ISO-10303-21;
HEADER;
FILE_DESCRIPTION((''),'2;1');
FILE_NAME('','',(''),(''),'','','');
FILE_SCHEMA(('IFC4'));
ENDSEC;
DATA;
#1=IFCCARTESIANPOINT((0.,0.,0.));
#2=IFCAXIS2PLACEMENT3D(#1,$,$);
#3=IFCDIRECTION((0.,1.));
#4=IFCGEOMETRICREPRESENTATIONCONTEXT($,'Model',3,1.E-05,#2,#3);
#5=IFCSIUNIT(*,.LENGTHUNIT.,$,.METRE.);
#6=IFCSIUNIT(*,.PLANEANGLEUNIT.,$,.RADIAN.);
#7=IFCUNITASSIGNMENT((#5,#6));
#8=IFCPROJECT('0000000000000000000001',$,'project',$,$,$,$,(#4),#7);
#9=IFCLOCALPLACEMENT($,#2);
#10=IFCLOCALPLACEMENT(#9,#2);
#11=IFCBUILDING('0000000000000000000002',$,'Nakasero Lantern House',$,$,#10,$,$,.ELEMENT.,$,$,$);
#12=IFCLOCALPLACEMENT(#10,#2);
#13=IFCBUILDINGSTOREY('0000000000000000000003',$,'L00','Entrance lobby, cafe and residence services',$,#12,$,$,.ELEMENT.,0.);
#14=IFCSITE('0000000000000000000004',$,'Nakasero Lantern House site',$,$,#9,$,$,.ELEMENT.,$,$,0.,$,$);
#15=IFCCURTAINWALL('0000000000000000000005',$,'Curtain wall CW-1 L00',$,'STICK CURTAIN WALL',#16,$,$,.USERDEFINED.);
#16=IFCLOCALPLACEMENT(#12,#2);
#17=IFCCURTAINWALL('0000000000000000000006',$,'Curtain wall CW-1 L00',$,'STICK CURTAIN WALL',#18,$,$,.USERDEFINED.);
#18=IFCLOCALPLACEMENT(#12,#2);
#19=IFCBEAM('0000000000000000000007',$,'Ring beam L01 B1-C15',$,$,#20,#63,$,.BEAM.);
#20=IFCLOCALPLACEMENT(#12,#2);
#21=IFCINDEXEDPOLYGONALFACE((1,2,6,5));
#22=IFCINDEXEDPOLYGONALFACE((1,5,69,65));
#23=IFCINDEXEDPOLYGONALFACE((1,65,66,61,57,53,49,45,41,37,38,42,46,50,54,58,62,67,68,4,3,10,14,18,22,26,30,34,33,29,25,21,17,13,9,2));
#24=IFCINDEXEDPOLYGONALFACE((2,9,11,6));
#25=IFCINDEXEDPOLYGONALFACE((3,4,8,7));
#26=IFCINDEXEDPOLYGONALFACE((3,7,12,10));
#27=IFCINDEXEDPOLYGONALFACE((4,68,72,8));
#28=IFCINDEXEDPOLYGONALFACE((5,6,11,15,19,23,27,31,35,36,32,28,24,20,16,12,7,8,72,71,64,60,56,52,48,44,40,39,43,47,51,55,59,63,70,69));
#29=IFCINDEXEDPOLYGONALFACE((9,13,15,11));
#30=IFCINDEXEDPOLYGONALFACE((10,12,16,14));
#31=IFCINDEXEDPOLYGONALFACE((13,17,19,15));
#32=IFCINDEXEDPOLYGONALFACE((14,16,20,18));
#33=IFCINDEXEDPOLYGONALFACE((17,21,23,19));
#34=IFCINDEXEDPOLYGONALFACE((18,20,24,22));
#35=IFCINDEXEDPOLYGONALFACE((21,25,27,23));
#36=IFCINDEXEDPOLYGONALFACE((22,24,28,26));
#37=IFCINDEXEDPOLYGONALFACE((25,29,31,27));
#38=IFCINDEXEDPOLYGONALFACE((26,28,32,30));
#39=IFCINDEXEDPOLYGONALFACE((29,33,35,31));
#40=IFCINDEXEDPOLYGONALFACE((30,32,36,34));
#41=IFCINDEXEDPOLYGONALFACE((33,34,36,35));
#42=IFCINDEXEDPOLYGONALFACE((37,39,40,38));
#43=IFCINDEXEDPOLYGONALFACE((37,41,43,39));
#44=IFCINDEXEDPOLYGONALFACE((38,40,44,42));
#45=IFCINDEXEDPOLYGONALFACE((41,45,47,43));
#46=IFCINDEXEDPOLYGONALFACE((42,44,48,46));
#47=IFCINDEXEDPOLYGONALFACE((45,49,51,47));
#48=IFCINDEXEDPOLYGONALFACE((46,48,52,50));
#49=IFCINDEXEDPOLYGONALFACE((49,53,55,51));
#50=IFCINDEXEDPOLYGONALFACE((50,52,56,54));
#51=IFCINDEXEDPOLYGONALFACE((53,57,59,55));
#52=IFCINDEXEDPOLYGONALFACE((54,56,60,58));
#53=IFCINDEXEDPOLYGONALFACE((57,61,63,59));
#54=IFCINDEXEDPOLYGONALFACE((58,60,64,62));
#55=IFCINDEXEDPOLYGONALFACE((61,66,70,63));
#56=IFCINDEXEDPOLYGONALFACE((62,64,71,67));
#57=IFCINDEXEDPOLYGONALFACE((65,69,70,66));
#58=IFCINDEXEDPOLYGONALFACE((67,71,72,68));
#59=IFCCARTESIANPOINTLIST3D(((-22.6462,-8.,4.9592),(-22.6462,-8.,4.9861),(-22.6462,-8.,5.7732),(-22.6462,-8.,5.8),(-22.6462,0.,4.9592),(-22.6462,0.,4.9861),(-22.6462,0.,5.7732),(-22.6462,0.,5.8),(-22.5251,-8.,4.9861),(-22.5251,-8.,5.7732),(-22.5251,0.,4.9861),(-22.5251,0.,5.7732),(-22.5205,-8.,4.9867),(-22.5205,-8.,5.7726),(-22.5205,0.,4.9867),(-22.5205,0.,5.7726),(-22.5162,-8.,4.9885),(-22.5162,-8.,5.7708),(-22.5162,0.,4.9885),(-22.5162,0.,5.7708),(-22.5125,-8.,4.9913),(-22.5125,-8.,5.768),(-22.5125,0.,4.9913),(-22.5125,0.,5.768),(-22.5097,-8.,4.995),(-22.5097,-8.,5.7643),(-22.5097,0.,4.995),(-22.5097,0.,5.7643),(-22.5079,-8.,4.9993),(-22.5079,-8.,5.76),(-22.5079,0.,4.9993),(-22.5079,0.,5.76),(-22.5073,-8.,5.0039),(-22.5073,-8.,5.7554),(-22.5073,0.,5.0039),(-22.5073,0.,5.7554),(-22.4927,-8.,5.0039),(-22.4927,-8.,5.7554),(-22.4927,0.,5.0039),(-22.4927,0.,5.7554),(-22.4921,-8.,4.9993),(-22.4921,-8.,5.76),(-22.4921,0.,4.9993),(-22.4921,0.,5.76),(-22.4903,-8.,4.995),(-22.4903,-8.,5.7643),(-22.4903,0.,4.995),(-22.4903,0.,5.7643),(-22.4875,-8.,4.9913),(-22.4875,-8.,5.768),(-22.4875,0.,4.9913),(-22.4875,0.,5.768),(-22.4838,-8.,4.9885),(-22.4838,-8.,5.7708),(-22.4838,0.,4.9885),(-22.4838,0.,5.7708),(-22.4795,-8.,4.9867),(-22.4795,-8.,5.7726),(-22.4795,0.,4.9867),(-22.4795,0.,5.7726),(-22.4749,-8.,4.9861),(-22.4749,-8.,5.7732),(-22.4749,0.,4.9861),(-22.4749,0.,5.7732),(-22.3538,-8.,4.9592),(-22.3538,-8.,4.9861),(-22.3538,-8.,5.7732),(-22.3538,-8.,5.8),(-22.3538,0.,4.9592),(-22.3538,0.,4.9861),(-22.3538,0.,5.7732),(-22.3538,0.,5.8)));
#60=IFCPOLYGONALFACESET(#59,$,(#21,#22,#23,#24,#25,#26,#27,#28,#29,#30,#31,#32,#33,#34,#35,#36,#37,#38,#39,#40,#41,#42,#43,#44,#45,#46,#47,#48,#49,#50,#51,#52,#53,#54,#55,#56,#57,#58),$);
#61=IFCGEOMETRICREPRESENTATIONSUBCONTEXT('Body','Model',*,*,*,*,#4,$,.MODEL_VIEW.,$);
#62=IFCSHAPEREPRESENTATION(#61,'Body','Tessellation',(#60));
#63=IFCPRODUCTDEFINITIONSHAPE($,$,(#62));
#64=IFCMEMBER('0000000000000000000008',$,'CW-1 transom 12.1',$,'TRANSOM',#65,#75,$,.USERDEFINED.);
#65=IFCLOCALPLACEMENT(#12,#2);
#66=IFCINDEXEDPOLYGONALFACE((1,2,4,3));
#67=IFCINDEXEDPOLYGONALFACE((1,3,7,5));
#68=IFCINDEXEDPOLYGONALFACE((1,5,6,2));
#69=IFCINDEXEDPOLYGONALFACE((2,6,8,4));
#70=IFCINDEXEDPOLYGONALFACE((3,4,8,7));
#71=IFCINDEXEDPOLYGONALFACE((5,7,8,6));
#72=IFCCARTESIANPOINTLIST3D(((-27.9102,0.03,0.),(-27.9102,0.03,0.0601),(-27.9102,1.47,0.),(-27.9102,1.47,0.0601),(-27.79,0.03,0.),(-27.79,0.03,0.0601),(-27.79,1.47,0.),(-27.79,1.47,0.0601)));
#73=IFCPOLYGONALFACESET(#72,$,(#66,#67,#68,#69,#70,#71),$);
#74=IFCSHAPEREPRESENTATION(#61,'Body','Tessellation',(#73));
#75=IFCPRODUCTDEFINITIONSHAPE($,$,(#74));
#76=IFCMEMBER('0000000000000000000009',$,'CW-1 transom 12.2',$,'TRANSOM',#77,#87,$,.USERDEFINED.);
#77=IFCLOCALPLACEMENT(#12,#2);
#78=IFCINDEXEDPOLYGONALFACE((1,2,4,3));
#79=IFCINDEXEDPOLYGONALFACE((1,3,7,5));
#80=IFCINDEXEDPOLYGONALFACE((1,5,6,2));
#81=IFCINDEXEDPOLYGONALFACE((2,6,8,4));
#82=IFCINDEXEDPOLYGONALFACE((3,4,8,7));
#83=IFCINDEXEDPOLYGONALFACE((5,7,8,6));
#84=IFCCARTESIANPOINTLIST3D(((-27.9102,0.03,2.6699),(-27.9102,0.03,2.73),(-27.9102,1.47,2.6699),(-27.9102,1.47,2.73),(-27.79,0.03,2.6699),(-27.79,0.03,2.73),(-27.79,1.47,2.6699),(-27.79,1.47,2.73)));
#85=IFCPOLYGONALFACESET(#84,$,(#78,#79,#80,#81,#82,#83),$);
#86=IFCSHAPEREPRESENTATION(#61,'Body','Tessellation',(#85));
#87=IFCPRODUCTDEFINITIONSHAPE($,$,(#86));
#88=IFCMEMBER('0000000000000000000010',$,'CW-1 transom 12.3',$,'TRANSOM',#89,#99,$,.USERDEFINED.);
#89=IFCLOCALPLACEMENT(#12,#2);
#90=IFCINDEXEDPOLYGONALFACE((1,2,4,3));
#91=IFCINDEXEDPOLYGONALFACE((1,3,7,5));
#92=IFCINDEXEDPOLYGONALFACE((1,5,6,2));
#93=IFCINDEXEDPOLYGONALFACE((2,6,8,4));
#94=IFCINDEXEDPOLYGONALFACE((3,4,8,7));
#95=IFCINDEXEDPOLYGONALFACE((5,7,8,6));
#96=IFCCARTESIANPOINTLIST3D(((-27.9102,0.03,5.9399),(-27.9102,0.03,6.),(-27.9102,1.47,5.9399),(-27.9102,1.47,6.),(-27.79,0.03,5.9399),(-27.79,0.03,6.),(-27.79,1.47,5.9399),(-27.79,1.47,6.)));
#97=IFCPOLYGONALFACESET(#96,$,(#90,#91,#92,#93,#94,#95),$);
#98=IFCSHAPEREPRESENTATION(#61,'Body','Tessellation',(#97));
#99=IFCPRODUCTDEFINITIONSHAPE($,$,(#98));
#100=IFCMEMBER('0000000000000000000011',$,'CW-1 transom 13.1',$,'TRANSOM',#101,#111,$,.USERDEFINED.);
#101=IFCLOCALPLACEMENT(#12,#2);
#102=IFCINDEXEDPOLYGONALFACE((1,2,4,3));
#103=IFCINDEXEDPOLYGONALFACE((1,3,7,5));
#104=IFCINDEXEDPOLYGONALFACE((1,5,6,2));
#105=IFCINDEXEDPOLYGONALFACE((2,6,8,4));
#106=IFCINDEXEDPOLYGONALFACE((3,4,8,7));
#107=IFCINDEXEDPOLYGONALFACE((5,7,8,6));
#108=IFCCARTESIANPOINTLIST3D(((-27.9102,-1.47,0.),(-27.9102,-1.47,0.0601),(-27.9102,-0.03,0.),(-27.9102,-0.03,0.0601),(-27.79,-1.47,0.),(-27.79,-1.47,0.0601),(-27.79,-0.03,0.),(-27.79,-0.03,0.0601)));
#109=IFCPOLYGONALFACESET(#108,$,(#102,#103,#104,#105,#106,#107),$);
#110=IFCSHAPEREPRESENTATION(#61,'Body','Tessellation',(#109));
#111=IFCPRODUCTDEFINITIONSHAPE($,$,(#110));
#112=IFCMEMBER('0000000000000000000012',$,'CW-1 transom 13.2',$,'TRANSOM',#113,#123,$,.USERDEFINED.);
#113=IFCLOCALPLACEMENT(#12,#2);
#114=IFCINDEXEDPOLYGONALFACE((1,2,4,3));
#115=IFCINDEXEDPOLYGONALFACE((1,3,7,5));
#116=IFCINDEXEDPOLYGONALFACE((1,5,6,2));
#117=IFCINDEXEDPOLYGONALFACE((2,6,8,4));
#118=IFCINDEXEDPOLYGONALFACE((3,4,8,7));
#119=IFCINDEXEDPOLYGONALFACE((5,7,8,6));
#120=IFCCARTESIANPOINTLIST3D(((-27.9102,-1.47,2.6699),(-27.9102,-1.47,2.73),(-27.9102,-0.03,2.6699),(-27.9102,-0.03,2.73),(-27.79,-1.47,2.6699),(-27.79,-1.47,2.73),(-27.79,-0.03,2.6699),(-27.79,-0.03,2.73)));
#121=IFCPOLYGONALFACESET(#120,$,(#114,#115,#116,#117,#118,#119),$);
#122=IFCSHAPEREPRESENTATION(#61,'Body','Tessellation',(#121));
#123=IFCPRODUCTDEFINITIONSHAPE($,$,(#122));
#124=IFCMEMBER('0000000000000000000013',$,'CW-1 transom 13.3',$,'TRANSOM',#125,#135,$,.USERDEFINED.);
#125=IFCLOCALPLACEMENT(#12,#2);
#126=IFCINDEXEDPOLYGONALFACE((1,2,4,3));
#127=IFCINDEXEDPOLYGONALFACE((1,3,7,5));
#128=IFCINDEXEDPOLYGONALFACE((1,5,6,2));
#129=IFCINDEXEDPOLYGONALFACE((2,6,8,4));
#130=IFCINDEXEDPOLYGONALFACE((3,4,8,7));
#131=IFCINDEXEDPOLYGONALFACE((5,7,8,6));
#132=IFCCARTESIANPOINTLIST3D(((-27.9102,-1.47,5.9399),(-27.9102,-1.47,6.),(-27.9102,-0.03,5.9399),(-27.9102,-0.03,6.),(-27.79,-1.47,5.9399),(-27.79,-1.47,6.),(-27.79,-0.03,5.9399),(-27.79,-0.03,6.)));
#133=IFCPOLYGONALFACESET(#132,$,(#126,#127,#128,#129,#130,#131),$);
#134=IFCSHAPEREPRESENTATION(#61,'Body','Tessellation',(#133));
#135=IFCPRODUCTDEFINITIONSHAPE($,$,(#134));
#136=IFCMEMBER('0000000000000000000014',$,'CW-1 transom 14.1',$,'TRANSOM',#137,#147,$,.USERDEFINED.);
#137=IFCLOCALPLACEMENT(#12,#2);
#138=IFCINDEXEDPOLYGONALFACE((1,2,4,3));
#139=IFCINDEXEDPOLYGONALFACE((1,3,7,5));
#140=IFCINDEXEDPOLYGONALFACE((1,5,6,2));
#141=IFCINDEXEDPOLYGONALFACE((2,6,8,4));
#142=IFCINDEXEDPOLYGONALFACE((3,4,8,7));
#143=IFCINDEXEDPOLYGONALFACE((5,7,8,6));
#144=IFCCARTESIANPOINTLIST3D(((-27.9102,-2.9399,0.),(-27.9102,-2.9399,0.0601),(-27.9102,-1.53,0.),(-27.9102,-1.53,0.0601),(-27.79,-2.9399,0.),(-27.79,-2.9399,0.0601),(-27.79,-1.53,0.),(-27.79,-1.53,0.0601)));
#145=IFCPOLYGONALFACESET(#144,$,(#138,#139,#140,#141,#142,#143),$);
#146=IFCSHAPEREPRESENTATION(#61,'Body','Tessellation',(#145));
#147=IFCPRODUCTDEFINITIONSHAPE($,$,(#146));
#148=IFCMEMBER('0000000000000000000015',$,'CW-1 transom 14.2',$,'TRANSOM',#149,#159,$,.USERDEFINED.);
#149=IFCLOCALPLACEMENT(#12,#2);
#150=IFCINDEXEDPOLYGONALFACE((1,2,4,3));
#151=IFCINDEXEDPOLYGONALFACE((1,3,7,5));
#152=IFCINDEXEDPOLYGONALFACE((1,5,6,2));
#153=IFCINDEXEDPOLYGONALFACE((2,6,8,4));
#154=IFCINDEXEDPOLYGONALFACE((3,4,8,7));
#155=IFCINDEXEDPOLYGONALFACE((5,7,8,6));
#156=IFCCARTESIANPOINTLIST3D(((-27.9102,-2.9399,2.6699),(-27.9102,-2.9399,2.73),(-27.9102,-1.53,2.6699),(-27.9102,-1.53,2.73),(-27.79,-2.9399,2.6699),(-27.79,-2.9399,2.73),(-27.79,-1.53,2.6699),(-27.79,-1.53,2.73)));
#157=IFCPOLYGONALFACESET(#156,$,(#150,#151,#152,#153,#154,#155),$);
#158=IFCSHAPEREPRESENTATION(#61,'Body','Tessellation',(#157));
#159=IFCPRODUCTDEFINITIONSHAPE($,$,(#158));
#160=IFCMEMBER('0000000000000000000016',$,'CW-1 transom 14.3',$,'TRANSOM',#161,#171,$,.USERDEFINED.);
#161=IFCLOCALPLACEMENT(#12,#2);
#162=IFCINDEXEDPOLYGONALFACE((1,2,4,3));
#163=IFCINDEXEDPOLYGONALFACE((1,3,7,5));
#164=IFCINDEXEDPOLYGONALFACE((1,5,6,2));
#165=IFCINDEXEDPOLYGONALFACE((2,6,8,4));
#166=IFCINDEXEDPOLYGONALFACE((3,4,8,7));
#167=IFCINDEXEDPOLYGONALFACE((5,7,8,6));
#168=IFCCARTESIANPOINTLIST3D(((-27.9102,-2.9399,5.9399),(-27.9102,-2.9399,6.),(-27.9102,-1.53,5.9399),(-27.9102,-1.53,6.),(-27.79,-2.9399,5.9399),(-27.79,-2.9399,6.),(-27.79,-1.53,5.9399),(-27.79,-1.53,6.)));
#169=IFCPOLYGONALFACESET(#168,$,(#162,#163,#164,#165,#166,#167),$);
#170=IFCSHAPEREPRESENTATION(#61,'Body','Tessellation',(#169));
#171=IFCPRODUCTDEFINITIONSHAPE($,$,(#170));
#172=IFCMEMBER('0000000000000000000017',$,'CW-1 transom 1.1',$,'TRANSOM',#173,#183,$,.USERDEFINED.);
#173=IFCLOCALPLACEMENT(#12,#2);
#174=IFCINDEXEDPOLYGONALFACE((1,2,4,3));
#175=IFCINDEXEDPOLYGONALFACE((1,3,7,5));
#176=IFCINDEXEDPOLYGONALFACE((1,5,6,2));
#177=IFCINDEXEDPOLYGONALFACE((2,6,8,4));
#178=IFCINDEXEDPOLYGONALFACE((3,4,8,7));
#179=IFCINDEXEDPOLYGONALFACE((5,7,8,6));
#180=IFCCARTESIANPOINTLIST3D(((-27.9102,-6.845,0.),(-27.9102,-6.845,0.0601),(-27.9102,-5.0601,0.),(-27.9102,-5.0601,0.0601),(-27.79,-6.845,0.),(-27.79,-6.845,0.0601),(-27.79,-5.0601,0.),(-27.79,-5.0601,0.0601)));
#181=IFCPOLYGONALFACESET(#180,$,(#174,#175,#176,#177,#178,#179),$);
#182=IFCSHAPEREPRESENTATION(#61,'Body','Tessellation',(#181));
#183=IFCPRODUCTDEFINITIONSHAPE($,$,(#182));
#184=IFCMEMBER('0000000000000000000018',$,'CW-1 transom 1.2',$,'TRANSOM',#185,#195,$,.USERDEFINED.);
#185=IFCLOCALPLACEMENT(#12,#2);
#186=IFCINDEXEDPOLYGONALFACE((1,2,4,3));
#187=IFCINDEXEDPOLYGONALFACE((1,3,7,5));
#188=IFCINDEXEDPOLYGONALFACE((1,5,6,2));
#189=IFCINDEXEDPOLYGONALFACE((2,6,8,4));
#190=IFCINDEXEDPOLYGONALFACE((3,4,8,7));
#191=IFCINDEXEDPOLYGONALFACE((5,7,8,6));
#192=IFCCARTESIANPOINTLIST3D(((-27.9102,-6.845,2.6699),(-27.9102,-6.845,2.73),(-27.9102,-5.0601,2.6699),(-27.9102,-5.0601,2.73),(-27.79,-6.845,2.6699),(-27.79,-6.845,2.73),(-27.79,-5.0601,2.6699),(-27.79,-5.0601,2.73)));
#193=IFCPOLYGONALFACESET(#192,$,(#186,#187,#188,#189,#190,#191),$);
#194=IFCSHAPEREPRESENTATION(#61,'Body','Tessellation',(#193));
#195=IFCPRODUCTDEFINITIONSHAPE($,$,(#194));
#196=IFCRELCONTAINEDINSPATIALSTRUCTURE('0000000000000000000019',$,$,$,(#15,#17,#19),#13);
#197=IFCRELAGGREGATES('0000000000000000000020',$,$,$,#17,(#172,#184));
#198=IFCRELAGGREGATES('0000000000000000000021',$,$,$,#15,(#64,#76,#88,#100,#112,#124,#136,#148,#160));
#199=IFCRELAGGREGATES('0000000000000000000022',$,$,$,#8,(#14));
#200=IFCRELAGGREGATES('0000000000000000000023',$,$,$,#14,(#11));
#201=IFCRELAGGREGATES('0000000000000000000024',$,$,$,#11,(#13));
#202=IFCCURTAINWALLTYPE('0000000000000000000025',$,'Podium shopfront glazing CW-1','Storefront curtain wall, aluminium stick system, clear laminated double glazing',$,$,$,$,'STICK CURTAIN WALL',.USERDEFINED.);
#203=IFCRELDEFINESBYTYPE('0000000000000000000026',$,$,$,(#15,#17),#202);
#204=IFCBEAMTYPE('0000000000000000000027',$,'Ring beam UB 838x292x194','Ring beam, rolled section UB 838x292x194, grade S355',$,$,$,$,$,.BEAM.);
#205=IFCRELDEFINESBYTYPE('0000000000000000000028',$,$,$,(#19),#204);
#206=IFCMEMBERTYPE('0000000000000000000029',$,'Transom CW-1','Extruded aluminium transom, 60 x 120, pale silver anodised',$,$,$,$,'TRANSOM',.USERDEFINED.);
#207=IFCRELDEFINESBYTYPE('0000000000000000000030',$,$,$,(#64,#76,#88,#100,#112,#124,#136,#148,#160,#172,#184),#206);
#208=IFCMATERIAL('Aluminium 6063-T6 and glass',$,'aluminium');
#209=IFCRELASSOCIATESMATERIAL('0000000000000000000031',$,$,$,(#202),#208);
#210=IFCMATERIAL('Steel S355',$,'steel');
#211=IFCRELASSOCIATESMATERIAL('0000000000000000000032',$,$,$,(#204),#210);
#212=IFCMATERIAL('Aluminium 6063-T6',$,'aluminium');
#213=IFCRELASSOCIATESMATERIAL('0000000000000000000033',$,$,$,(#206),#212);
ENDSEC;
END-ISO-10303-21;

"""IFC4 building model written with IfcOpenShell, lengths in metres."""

from ifc_helpers import new_model, si_unit, direction, frame, origin, origin_2d, place, context, subcontext, project, spatial, rectangle, i_section, extrude, material, material_profile, profile_set, type_object, element, aggregate, save


model = new_model("IFC4")

# Units and contexts
model_context = context("Model", 3, precision=1e-05, world=origin(), true_north=direction((0.0, 1.0)))
body_context = subcontext(model_context, "Body", "Model", "MODEL_VIEW")
ifc_project = project(units=[si_unit("LENGTHUNIT", "METRE"), si_unit("PLANEANGLEUNIT", "RADIAN")], contexts=[model_context])

# Site, building, storey
site_placement = place(None, origin())
site = spatial("IfcSite", under=ifc_project, at=site_placement, Name="Nakasero Lantern House site", CompositionType="ELEMENT", RefElevation=0.0)
building_placement = place(site_placement, origin())
building = spatial("IfcBuilding", under=site, at=building_placement, Name="Nakasero Lantern House", CompositionType="ELEMENT")
storey_placement = place(building_placement, origin())
storey = spatial("IfcBuildingStorey", under=building, at=storey_placement, Name="L00", Description="Entrance lobby, cafe and residence services", CompositionType="ELEMENT", Elevation=0.0)

# Curtain wall
ifc_material_1 = material(Name="Aluminium 6063-T6 and glass", Category="aluminium")
curtain_wall_type = type_object("IfcCurtainWallType", Name="Podium shopfront glazing CW-1", Description="Storefront curtain wall, aluminium stick system, clear laminated double glazing", ElementType="STICK CURTAIN WALL", PredefinedType="USERDEFINED", material=ifc_material_1)
curtain_wall_1_placement = place(storey_placement, origin())
curtain_wall_1 = element("IfcCurtainWall", 1, at=curtain_wall_1_placement, inside=storey, type_object=curtain_wall_type, Name="Curtain wall CW-1 L00", ObjectType="STICK CURTAIN WALL", PredefinedType="USERDEFINED")

# Curtain wall
curtain_wall_2_placement = place(storey_placement, origin())
curtain_wall_2 = element("IfcCurtainWall", 2, at=curtain_wall_2_placement, inside=storey, type_object=curtain_wall_type, Name="Curtain wall CW-1 L00", ObjectType="STICK CURTAIN WALL", PredefinedType="USERDEFINED")

# Beam
ifc_material_2 = material(Name="Steel S355", Category="steel")
ifc_material_profile_1 = material_profile(ifc_material_2, i_section(OverallWidth=0.2925, OverallDepth=0.8408, WebThickness=0.0146, FlangeThickness=0.0269, FilletRadius=0.0178, at=origin_2d()), Name="UB 838x292x194")
ifc_profile_set_1 = profile_set([ifc_material_profile_1], Name="Steel S355")
beam_type_1 = type_object("IfcBeamType", Name="Ring beam UB 838x292x194", Description="Ring beam, rolled section UB 838x292x194, grade S355", PredefinedType="BEAM", material=ifc_profile_set_1)
beam_1_placement = place(storey_placement, frame((-22.5, 0.0, 5.3796), z_axis=(0.0, -1.0, 0.0), x_axis=(1.0, 0.0, 0.0)))
element("IfcBeam", 3, at=beam_1_placement, inside=storey, type_object=beam_type_1, Name="Ring beam L01 B1-C15", PredefinedType="BEAM", context=body_context, shape_type="SweptSolid", body=[
    extrude(i_section(OverallWidth=0.2925, OverallDepth=0.8408, WebThickness=0.0146, FlangeThickness=0.0269, FilletRadius=0.0178, at=origin_2d()), origin(), (0.0, 0.0, 1.0), 8.0),
])

# Members
ifc_material_3 = material(Name="Aluminium 6063-T6", Category="aluminium")
ifc_material_profile_2 = material_profile(ifc_material_3, rectangle(XDim=0.0601, YDim=0.1201, at=origin_2d()), Name="CW-1 transom 60x120")
ifc_profile_set_2 = profile_set([ifc_material_profile_2], Name="Aluminium 6063-T6")
member_type_1 = type_object("IfcMemberType", Name="Transom CW-1", Description="Extruded aluminium transom, 60 x 120, pale silver anodised", ElementType="TRANSOM", PredefinedType="USERDEFINED", material=ifc_profile_set_2)
member_1_placement = place(storey_placement, frame((-27.8501, 1.47, 0.03), z_axis=(0.0, -1.0, 0.0), x_axis=(0.0, 0.0, 1.0)))
member_1 = element("IfcMember", 4, at=member_1_placement, type_object=member_type_1, Name="CW-1 transom 12.1", ObjectType="TRANSOM", PredefinedType="USERDEFINED", context=body_context, shape_type="SweptSolid", body=[
    extrude(rectangle(XDim=0.0601, YDim=0.1201, at=origin_2d()), origin(), (0.0, 0.0, 1.0), 1.4399),
])
member_2_placement = place(storey_placement, frame((-27.8501, 1.47, 2.7), z_axis=(0.0, -1.0, 0.0), x_axis=(0.0, 0.0, 1.0)))
member_2 = element("IfcMember", 5, at=member_2_placement, type_object=member_type_1, Name="CW-1 transom 12.2", ObjectType="TRANSOM", PredefinedType="USERDEFINED", context=body_context, shape_type="SweptSolid", body=[
    extrude(rectangle(XDim=0.0601, YDim=0.1201, at=origin_2d()), origin(), (0.0, 0.0, 1.0), 1.4399),
])
member_3_placement = place(storey_placement, frame((-27.8501, 1.47, 5.97), z_axis=(0.0, -1.0, 0.0), x_axis=(0.0, 0.0, 1.0)))
member_3 = element("IfcMember", 6, at=member_3_placement, type_object=member_type_1, Name="CW-1 transom 12.3", ObjectType="TRANSOM", PredefinedType="USERDEFINED", context=body_context, shape_type="SweptSolid", body=[
    extrude(rectangle(XDim=0.0601, YDim=0.1201, at=origin_2d()), origin(), (0.0, 0.0, 1.0), 1.4399),
])
member_4_placement = place(storey_placement, frame((-27.8501, -0.03, 0.03), z_axis=(0.0, -1.0, 0.0), x_axis=(0.0, 0.0, 1.0)))
member_4 = element("IfcMember", 7, at=member_4_placement, type_object=member_type_1, Name="CW-1 transom 13.1", ObjectType="TRANSOM", PredefinedType="USERDEFINED", context=body_context, shape_type="SweptSolid", body=[
    extrude(rectangle(XDim=0.0601, YDim=0.1201, at=origin_2d()), origin(), (0.0, 0.0, 1.0), 1.4399),
])
member_5_placement = place(storey_placement, frame((-27.8501, -0.03, 2.7), z_axis=(0.0, -1.0, 0.0), x_axis=(0.0, 0.0, 1.0)))
member_5 = element("IfcMember", 8, at=member_5_placement, type_object=member_type_1, Name="CW-1 transom 13.2", ObjectType="TRANSOM", PredefinedType="USERDEFINED", context=body_context, shape_type="SweptSolid", body=[
    extrude(rectangle(XDim=0.0601, YDim=0.1201, at=origin_2d()), origin(), (0.0, 0.0, 1.0), 1.4399),
])
member_6_placement = place(storey_placement, frame((-27.8501, -0.03, 5.97), z_axis=(0.0, -1.0, 0.0), x_axis=(0.0, 0.0, 1.0)))
member_6 = element("IfcMember", 9, at=member_6_placement, type_object=member_type_1, Name="CW-1 transom 13.3", ObjectType="TRANSOM", PredefinedType="USERDEFINED", context=body_context, shape_type="SweptSolid", body=[
    extrude(rectangle(XDim=0.0601, YDim=0.1201, at=origin_2d()), origin(), (0.0, 0.0, 1.0), 1.4399),
])
member_7_placement = place(storey_placement, frame((-27.8501, -1.53, 0.03), z_axis=(0.0, -1.0, 0.0), x_axis=(0.0, 0.0, 1.0)))
member_7 = element("IfcMember", 10, at=member_7_placement, type_object=member_type_1, Name="CW-1 transom 14.1", ObjectType="TRANSOM", PredefinedType="USERDEFINED", context=body_context, shape_type="SweptSolid", body=[
    extrude(rectangle(XDim=0.0601, YDim=0.1201, at=origin_2d()), origin(), (0.0, 0.0, 1.0), 1.4099),
])
member_8_placement = place(storey_placement, frame((-27.8501, -1.53, 2.7), z_axis=(0.0, -1.0, 0.0), x_axis=(0.0, 0.0, 1.0)))
member_8 = element("IfcMember", 11, at=member_8_placement, type_object=member_type_1, Name="CW-1 transom 14.2", ObjectType="TRANSOM", PredefinedType="USERDEFINED", context=body_context, shape_type="SweptSolid", body=[
    extrude(rectangle(XDim=0.0601, YDim=0.1201, at=origin_2d()), origin(), (0.0, 0.0, 1.0), 1.4099),
])
member_9_placement = place(storey_placement, frame((-27.8501, -1.53, 5.97), z_axis=(0.0, -1.0, 0.0), x_axis=(0.0, 0.0, 1.0)))
member_9 = element("IfcMember", 12, at=member_9_placement, type_object=member_type_1, Name="CW-1 transom 14.3", ObjectType="TRANSOM", PredefinedType="USERDEFINED", context=body_context, shape_type="SweptSolid", body=[
    extrude(rectangle(XDim=0.0601, YDim=0.1201, at=origin_2d()), origin(), (0.0, 0.0, 1.0), 1.4099),
])
member_10_placement = place(storey_placement, frame((-27.8501, -5.0601, 0.03), z_axis=(0.0, -1.0, 0.0), x_axis=(0.0, 0.0, 1.0)))
member_10 = element("IfcMember", 13, at=member_10_placement, type_object=member_type_1, Name="CW-1 transom 1.1", ObjectType="TRANSOM", PredefinedType="USERDEFINED", context=body_context, shape_type="SweptSolid", body=[
    extrude(rectangle(XDim=0.0601, YDim=0.1201, at=origin_2d()), origin(), (0.0, 0.0, 1.0), 1.7849),
])
member_11_placement = place(storey_placement, frame((-27.8501, -5.0601, 2.7), z_axis=(0.0, -1.0, 0.0), x_axis=(0.0, 0.0, 1.0)))
member_11 = element("IfcMember", 14, at=member_11_placement, type_object=member_type_1, Name="CW-1 transom 1.2", ObjectType="TRANSOM", PredefinedType="USERDEFINED", context=body_context, shape_type="SweptSolid", body=[
    extrude(rectangle(XDim=0.0601, YDim=0.1201, at=origin_2d()), origin(), (0.0, 0.0, 1.0), 1.7849),
])
aggregate(curtain_wall_2, [member_10, member_11])

aggregate(curtain_wall_1, [member_1, member_2, member_3, member_4, member_5, member_6, member_7, member_8, member_9])

save(model, "model.ifc")
